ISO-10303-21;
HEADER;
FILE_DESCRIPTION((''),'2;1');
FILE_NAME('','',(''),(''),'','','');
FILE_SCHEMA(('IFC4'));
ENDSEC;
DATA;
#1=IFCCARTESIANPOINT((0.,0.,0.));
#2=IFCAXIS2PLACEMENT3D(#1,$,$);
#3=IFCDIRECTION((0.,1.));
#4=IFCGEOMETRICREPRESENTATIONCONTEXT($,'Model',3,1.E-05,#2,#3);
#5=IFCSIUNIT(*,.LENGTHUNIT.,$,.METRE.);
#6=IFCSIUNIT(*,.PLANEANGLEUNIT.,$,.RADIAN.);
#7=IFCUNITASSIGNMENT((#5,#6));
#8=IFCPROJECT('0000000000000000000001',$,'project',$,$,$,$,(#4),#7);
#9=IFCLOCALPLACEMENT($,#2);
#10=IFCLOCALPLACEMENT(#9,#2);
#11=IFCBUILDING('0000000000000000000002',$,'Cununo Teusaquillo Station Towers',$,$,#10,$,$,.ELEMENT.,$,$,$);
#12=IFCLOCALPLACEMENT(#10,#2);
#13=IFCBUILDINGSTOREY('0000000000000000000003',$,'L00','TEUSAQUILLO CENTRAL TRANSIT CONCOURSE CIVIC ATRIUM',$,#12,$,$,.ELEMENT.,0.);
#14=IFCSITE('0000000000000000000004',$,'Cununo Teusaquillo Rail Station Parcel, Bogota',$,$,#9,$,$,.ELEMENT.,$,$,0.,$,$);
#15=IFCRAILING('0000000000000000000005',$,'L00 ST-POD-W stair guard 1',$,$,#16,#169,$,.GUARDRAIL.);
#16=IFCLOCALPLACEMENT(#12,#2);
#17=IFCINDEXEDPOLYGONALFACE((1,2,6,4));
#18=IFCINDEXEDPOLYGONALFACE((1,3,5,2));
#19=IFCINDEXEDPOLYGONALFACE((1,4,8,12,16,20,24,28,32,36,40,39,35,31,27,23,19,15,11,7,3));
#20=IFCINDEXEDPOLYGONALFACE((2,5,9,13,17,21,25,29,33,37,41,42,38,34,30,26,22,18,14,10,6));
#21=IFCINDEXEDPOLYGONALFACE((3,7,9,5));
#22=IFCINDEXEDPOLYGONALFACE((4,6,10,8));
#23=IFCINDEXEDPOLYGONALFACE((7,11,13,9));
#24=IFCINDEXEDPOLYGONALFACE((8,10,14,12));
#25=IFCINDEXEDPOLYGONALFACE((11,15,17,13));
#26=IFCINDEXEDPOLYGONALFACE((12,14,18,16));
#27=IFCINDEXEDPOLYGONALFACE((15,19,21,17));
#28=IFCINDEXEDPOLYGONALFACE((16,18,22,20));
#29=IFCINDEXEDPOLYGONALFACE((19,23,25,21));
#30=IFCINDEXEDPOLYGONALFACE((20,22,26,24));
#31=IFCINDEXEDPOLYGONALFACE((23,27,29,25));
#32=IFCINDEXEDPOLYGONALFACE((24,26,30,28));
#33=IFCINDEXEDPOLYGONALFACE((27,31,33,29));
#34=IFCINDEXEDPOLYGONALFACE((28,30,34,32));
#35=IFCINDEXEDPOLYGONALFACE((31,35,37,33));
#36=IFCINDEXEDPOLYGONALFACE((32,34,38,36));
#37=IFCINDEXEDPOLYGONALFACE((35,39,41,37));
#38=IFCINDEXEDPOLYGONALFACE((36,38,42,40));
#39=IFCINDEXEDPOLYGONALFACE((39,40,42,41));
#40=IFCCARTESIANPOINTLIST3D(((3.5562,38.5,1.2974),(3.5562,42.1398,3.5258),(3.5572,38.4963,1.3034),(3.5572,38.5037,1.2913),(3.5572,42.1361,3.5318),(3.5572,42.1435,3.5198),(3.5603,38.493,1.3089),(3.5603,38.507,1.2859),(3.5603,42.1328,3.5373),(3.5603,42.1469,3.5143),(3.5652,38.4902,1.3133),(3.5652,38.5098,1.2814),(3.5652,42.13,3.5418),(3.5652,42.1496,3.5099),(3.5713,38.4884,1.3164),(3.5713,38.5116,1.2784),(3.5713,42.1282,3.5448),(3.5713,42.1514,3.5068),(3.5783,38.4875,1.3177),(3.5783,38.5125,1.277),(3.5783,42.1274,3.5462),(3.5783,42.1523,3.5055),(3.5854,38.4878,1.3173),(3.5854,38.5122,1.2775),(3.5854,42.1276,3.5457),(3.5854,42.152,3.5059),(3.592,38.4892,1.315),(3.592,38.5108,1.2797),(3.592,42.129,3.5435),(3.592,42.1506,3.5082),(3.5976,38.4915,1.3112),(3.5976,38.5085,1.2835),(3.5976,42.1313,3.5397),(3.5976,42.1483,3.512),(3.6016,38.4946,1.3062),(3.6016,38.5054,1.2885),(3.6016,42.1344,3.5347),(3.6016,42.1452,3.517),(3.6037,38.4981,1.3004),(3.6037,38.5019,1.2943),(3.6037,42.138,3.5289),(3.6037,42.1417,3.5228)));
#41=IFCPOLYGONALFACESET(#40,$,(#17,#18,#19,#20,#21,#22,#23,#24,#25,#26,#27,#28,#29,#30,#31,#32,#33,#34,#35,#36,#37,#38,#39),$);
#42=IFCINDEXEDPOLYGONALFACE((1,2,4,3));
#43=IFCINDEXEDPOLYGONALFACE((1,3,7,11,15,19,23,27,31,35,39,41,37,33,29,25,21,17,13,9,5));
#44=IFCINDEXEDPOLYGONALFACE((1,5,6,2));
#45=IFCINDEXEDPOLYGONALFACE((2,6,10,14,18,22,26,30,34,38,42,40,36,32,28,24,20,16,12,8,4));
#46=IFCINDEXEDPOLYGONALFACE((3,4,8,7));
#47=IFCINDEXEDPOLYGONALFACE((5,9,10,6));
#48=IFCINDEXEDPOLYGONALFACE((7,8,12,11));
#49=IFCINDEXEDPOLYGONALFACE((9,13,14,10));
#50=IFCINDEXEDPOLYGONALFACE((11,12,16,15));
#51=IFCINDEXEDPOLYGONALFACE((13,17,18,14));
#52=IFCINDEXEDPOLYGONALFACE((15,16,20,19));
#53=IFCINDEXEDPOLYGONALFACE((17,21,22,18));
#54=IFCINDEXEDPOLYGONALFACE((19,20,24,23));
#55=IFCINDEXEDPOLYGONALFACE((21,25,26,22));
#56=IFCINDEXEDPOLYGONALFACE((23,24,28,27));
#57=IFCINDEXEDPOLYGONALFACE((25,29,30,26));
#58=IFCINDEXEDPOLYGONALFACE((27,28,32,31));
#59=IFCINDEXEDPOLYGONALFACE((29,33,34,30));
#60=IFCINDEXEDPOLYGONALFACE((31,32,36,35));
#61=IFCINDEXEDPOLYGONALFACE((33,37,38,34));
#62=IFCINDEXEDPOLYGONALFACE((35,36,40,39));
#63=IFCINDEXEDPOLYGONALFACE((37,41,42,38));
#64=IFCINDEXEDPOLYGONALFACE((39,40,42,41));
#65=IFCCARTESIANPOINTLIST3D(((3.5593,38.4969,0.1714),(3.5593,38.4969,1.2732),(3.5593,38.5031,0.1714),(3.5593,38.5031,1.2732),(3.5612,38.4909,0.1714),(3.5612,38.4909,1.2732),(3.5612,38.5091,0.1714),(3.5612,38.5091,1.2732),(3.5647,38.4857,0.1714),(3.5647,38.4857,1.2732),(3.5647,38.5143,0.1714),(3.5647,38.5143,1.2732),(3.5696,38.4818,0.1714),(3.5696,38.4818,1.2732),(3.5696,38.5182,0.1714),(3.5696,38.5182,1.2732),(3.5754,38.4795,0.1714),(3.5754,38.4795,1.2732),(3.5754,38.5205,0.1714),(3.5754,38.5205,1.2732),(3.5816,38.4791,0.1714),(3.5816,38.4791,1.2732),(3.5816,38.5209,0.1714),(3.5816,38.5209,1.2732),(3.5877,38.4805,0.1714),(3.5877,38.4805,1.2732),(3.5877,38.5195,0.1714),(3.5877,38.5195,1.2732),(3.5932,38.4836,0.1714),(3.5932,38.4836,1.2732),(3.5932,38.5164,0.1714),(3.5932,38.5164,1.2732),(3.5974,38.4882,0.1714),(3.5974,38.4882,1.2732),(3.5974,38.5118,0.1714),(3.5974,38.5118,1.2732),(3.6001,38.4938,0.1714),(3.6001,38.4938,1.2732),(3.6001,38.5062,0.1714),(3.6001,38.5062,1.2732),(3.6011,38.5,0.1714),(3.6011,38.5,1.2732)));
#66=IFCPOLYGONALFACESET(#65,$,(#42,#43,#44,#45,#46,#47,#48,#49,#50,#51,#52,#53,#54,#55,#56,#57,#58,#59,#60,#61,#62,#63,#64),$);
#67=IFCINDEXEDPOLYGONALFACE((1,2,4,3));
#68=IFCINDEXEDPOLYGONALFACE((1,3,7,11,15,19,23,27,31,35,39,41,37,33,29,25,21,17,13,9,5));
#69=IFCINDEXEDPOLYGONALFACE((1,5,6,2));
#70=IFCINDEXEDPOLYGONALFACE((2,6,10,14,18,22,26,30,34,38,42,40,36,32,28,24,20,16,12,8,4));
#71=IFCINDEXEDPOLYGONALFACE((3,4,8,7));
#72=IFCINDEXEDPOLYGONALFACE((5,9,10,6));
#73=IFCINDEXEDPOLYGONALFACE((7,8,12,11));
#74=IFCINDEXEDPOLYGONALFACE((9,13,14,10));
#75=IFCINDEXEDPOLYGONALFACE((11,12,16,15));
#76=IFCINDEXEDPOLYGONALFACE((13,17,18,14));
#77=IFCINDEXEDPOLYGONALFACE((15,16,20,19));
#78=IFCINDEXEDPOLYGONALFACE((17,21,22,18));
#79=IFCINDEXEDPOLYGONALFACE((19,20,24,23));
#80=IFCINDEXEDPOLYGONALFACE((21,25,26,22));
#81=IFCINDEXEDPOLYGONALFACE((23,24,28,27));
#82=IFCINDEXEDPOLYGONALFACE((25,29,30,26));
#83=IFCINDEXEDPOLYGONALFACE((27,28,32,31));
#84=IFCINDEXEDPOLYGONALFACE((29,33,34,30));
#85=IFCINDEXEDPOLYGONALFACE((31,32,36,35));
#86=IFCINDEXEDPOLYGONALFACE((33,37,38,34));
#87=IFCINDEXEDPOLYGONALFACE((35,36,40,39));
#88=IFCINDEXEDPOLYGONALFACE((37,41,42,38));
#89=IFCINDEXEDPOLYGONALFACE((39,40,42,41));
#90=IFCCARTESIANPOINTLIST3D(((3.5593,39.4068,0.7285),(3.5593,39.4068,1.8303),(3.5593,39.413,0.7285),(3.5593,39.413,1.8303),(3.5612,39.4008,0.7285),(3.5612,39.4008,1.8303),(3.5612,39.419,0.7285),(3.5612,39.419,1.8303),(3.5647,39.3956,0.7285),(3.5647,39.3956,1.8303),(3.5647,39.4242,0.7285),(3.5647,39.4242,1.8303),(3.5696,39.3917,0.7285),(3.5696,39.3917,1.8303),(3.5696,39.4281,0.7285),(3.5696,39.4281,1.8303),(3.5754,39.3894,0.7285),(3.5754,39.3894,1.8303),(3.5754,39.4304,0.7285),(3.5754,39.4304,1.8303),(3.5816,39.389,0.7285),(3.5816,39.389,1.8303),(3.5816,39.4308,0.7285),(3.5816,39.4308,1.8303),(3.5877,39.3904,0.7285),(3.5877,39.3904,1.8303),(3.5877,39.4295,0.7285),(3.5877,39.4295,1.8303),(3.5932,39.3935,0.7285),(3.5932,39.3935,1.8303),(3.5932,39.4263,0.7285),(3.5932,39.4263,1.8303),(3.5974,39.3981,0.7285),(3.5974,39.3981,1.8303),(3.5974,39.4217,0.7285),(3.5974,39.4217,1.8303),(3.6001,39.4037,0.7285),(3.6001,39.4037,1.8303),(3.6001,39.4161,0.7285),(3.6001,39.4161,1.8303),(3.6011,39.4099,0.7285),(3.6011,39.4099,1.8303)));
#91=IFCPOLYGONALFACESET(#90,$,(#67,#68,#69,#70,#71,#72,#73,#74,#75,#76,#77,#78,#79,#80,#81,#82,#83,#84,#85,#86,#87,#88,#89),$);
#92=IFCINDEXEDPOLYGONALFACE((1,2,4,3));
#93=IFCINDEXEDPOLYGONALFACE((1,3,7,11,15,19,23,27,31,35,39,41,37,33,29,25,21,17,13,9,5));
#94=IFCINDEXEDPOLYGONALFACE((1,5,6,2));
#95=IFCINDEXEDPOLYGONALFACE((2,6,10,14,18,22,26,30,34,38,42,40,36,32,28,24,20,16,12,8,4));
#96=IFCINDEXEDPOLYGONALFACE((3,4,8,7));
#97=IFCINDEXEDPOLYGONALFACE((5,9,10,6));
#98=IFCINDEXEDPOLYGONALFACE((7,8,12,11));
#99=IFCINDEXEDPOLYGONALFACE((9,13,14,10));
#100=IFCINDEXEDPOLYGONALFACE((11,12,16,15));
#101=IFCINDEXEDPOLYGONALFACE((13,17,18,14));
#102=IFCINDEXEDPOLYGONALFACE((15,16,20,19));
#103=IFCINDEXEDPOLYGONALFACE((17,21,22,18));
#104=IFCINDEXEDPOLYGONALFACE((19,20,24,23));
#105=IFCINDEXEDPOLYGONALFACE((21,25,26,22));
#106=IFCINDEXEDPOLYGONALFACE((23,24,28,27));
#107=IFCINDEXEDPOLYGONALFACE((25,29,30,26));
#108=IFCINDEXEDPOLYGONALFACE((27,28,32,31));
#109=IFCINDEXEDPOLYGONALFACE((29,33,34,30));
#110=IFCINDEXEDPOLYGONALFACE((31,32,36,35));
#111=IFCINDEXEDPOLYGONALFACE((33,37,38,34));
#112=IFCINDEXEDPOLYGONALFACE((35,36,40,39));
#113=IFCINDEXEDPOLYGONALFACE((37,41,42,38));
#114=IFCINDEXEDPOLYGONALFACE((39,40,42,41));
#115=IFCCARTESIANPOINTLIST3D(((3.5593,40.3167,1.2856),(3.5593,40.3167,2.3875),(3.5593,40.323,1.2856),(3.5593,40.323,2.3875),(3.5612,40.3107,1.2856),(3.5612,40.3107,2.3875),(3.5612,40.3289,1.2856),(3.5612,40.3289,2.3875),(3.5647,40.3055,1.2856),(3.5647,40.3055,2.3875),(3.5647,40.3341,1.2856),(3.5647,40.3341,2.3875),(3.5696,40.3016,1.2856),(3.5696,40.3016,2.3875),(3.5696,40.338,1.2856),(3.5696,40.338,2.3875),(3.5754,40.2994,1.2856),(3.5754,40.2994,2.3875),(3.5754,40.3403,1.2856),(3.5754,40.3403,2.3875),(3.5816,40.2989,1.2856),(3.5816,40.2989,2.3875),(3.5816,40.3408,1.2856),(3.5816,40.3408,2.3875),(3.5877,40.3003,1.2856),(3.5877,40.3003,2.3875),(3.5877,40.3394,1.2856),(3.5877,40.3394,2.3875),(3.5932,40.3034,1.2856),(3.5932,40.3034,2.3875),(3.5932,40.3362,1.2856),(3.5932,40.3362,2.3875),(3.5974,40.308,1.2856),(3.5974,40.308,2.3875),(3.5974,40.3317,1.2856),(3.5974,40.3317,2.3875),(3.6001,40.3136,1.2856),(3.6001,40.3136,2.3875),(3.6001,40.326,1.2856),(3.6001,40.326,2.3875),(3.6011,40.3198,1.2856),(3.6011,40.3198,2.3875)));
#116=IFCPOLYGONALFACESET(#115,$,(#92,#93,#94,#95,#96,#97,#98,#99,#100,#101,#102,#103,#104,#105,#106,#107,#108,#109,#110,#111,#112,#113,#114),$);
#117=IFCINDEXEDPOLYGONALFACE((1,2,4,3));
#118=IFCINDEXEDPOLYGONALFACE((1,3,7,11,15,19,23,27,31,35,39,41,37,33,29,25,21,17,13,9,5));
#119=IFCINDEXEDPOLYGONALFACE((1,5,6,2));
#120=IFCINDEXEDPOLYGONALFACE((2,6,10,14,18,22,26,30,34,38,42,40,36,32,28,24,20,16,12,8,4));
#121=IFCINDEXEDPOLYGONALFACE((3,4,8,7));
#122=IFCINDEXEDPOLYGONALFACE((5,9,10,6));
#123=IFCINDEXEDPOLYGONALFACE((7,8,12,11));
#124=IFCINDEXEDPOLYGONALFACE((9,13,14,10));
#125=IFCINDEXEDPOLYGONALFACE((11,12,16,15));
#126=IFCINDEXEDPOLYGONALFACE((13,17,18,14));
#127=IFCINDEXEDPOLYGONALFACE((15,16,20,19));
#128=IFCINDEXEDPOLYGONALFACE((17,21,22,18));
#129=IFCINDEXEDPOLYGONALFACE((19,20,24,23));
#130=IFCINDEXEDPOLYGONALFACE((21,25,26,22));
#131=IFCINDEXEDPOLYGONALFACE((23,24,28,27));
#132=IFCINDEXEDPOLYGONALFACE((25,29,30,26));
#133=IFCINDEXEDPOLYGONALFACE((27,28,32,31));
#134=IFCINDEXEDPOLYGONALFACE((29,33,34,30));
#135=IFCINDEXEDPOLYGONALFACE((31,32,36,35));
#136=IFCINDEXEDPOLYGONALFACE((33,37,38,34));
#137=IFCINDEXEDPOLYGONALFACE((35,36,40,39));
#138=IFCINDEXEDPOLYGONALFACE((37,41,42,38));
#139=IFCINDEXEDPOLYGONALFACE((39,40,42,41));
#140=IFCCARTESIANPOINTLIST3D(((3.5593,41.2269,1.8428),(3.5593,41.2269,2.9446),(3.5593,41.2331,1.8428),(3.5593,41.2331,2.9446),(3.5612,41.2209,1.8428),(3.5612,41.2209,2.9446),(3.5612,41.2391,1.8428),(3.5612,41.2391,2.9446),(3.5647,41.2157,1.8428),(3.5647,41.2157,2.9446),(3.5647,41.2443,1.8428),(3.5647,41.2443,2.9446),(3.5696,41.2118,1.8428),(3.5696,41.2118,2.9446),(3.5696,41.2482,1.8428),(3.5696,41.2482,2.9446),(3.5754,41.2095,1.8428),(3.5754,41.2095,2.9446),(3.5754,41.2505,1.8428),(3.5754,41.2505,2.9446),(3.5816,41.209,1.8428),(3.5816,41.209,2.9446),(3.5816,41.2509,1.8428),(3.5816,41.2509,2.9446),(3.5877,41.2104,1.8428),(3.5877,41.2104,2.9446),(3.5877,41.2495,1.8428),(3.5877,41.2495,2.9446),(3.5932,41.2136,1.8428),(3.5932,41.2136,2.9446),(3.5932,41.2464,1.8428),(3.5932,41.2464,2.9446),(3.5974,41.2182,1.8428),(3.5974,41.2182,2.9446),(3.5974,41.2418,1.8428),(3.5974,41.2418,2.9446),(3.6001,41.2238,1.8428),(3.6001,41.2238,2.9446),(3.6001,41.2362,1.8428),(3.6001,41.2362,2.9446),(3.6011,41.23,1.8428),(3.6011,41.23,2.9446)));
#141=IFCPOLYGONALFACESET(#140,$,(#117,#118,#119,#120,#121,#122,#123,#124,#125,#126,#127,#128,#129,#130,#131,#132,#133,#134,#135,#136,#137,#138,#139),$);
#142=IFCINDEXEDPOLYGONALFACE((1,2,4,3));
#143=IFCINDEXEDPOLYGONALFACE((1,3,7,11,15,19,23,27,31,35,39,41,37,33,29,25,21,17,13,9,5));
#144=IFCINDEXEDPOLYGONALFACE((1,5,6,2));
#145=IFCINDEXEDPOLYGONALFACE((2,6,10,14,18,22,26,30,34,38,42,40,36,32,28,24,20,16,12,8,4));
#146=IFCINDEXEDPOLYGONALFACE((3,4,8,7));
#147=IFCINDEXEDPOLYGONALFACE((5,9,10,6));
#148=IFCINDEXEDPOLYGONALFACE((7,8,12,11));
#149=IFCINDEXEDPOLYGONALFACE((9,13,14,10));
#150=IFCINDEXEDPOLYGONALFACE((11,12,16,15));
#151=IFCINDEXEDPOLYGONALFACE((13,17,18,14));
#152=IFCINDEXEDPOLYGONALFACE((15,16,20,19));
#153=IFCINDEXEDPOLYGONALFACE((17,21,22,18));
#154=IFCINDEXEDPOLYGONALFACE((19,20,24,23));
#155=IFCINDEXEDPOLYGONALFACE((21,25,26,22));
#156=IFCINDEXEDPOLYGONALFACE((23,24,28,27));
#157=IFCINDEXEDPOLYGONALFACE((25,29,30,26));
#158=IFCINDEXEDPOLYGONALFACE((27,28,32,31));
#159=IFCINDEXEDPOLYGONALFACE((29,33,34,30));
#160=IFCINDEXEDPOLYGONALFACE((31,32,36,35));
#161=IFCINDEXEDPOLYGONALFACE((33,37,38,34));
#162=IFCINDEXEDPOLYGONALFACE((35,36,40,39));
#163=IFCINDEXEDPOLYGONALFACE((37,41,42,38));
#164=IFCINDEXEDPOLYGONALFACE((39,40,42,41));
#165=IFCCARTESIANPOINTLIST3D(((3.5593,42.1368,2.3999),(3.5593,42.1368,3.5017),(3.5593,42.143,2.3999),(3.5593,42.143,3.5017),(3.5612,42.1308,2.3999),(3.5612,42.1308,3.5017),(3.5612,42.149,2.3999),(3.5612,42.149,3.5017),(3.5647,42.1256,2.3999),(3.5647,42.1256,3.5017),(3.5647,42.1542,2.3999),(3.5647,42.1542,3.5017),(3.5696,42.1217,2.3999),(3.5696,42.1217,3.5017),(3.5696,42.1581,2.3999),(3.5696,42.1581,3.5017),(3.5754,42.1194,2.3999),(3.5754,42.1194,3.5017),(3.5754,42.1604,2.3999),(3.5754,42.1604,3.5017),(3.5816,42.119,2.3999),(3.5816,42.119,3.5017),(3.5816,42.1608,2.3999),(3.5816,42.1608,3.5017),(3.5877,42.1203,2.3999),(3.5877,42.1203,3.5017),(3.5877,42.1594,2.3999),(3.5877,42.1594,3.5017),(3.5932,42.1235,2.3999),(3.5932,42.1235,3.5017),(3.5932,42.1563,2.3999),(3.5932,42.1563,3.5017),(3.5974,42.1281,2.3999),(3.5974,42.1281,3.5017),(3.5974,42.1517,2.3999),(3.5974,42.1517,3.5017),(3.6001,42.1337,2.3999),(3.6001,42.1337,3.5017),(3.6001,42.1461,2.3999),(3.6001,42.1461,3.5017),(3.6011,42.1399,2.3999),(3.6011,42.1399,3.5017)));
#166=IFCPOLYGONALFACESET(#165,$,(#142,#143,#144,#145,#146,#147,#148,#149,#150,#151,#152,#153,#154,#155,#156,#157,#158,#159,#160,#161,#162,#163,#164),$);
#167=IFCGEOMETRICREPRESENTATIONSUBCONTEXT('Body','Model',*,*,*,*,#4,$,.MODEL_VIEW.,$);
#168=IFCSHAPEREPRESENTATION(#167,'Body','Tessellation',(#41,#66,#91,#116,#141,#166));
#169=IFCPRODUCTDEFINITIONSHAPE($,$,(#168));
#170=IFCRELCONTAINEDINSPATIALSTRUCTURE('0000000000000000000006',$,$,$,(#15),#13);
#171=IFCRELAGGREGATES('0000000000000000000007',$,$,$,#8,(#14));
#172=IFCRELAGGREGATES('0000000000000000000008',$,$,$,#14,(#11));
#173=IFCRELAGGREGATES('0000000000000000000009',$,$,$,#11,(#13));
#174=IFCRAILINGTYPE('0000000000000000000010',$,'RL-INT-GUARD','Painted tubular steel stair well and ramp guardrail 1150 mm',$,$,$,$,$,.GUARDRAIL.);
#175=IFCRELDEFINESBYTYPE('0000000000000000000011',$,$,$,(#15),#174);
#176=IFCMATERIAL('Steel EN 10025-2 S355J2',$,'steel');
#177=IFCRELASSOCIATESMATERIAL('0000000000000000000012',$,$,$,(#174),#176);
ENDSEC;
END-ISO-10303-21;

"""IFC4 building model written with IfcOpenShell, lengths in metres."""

from ifc_helpers import new_model, si_unit, direction, frame, origin, origin_2d, place, context, subcontext, project, spatial, circle, extrude, material, type_object, element, save


model = new_model("IFC4")

# Units and contexts
model_context = context("Model", 3, precision=1e-05, world=origin(), true_north=direction((0.0, 1.0)))
body_context = subcontext(model_context, "Body", "Model", "MODEL_VIEW")
ifc_project = project(units=[si_unit("LENGTHUNIT", "METRE"), si_unit("PLANEANGLEUNIT", "RADIAN")], contexts=[model_context])

# Site, building, storey
site_placement = place(None, origin())
site = spatial("IfcSite", under=ifc_project, at=site_placement, Name="Cununo Teusaquillo Rail Station Parcel, Bogota", CompositionType="ELEMENT", RefElevation=0.0)
building_placement = place(site_placement, origin())
building = spatial("IfcBuilding", under=site, at=building_placement, Name="Cununo Teusaquillo Station Towers", CompositionType="ELEMENT")
storey_placement = place(building_placement, origin())
storey = spatial("IfcBuildingStorey", under=building, at=storey_placement, Name="L00", Description="TEUSAQUILLO CENTRAL TRANSIT CONCOURSE CIVIC ATRIUM", CompositionType="ELEMENT", Elevation=0.0)

# Railing
ifc_material_1 = material(Name="Steel EN 10025-2 S355J2", Category="steel")
railing_type_1 = type_object("IfcRailingType", Name="RL-INT-GUARD", Description="Painted tubular steel stair well and ramp guardrail 1150 mm", PredefinedType="GUARDRAIL", material=ifc_material_1)
railing_1_placement = place(storey_placement, frame((3.5801, 38.5, 0.1714)))
element("IfcRailing", 1, at=railing_1_placement, inside=storey, type_object=railing_type_1, Name="L00 ST-POD-W stair guard 1", PredefinedType="GUARDRAIL", context=body_context, shape_type="SweptSolid", body=[
    extrude(circle(Radius=0.0239, at=origin_2d()), frame((0.0, 0.0, 1.126), z_axis=(0.0, 0.85285, 0.522156), x_axis=(-1.0, 0.0, 0.0)), (0.0, 0.0, 1.0), 4.2678),
    extrude(circle(Radius=0.021, at=origin_2d()), origin(), (0.0, 0.0, 1.0), 1.1018),
    extrude(circle(Radius=0.021, at=origin_2d()), frame((0.0, 0.9099, 0.5571)), (0.0, 0.0, 1.0), 1.1018),
    extrude(circle(Radius=0.021, at=origin_2d()), frame((0.0, 1.8198, 1.1143)), (0.0, 0.0, 1.0), 1.1018),
    extrude(circle(Radius=0.021, at=origin_2d()), frame((0.0, 2.73, 1.6714)), (0.0, 0.0, 1.0), 1.1018),
    extrude(circle(Radius=0.021, at=origin_2d()), frame((0.0, 3.6399, 2.2285)), (0.0, 0.0, 1.0), 1.1018),
])

save(model, "model.ifc")
